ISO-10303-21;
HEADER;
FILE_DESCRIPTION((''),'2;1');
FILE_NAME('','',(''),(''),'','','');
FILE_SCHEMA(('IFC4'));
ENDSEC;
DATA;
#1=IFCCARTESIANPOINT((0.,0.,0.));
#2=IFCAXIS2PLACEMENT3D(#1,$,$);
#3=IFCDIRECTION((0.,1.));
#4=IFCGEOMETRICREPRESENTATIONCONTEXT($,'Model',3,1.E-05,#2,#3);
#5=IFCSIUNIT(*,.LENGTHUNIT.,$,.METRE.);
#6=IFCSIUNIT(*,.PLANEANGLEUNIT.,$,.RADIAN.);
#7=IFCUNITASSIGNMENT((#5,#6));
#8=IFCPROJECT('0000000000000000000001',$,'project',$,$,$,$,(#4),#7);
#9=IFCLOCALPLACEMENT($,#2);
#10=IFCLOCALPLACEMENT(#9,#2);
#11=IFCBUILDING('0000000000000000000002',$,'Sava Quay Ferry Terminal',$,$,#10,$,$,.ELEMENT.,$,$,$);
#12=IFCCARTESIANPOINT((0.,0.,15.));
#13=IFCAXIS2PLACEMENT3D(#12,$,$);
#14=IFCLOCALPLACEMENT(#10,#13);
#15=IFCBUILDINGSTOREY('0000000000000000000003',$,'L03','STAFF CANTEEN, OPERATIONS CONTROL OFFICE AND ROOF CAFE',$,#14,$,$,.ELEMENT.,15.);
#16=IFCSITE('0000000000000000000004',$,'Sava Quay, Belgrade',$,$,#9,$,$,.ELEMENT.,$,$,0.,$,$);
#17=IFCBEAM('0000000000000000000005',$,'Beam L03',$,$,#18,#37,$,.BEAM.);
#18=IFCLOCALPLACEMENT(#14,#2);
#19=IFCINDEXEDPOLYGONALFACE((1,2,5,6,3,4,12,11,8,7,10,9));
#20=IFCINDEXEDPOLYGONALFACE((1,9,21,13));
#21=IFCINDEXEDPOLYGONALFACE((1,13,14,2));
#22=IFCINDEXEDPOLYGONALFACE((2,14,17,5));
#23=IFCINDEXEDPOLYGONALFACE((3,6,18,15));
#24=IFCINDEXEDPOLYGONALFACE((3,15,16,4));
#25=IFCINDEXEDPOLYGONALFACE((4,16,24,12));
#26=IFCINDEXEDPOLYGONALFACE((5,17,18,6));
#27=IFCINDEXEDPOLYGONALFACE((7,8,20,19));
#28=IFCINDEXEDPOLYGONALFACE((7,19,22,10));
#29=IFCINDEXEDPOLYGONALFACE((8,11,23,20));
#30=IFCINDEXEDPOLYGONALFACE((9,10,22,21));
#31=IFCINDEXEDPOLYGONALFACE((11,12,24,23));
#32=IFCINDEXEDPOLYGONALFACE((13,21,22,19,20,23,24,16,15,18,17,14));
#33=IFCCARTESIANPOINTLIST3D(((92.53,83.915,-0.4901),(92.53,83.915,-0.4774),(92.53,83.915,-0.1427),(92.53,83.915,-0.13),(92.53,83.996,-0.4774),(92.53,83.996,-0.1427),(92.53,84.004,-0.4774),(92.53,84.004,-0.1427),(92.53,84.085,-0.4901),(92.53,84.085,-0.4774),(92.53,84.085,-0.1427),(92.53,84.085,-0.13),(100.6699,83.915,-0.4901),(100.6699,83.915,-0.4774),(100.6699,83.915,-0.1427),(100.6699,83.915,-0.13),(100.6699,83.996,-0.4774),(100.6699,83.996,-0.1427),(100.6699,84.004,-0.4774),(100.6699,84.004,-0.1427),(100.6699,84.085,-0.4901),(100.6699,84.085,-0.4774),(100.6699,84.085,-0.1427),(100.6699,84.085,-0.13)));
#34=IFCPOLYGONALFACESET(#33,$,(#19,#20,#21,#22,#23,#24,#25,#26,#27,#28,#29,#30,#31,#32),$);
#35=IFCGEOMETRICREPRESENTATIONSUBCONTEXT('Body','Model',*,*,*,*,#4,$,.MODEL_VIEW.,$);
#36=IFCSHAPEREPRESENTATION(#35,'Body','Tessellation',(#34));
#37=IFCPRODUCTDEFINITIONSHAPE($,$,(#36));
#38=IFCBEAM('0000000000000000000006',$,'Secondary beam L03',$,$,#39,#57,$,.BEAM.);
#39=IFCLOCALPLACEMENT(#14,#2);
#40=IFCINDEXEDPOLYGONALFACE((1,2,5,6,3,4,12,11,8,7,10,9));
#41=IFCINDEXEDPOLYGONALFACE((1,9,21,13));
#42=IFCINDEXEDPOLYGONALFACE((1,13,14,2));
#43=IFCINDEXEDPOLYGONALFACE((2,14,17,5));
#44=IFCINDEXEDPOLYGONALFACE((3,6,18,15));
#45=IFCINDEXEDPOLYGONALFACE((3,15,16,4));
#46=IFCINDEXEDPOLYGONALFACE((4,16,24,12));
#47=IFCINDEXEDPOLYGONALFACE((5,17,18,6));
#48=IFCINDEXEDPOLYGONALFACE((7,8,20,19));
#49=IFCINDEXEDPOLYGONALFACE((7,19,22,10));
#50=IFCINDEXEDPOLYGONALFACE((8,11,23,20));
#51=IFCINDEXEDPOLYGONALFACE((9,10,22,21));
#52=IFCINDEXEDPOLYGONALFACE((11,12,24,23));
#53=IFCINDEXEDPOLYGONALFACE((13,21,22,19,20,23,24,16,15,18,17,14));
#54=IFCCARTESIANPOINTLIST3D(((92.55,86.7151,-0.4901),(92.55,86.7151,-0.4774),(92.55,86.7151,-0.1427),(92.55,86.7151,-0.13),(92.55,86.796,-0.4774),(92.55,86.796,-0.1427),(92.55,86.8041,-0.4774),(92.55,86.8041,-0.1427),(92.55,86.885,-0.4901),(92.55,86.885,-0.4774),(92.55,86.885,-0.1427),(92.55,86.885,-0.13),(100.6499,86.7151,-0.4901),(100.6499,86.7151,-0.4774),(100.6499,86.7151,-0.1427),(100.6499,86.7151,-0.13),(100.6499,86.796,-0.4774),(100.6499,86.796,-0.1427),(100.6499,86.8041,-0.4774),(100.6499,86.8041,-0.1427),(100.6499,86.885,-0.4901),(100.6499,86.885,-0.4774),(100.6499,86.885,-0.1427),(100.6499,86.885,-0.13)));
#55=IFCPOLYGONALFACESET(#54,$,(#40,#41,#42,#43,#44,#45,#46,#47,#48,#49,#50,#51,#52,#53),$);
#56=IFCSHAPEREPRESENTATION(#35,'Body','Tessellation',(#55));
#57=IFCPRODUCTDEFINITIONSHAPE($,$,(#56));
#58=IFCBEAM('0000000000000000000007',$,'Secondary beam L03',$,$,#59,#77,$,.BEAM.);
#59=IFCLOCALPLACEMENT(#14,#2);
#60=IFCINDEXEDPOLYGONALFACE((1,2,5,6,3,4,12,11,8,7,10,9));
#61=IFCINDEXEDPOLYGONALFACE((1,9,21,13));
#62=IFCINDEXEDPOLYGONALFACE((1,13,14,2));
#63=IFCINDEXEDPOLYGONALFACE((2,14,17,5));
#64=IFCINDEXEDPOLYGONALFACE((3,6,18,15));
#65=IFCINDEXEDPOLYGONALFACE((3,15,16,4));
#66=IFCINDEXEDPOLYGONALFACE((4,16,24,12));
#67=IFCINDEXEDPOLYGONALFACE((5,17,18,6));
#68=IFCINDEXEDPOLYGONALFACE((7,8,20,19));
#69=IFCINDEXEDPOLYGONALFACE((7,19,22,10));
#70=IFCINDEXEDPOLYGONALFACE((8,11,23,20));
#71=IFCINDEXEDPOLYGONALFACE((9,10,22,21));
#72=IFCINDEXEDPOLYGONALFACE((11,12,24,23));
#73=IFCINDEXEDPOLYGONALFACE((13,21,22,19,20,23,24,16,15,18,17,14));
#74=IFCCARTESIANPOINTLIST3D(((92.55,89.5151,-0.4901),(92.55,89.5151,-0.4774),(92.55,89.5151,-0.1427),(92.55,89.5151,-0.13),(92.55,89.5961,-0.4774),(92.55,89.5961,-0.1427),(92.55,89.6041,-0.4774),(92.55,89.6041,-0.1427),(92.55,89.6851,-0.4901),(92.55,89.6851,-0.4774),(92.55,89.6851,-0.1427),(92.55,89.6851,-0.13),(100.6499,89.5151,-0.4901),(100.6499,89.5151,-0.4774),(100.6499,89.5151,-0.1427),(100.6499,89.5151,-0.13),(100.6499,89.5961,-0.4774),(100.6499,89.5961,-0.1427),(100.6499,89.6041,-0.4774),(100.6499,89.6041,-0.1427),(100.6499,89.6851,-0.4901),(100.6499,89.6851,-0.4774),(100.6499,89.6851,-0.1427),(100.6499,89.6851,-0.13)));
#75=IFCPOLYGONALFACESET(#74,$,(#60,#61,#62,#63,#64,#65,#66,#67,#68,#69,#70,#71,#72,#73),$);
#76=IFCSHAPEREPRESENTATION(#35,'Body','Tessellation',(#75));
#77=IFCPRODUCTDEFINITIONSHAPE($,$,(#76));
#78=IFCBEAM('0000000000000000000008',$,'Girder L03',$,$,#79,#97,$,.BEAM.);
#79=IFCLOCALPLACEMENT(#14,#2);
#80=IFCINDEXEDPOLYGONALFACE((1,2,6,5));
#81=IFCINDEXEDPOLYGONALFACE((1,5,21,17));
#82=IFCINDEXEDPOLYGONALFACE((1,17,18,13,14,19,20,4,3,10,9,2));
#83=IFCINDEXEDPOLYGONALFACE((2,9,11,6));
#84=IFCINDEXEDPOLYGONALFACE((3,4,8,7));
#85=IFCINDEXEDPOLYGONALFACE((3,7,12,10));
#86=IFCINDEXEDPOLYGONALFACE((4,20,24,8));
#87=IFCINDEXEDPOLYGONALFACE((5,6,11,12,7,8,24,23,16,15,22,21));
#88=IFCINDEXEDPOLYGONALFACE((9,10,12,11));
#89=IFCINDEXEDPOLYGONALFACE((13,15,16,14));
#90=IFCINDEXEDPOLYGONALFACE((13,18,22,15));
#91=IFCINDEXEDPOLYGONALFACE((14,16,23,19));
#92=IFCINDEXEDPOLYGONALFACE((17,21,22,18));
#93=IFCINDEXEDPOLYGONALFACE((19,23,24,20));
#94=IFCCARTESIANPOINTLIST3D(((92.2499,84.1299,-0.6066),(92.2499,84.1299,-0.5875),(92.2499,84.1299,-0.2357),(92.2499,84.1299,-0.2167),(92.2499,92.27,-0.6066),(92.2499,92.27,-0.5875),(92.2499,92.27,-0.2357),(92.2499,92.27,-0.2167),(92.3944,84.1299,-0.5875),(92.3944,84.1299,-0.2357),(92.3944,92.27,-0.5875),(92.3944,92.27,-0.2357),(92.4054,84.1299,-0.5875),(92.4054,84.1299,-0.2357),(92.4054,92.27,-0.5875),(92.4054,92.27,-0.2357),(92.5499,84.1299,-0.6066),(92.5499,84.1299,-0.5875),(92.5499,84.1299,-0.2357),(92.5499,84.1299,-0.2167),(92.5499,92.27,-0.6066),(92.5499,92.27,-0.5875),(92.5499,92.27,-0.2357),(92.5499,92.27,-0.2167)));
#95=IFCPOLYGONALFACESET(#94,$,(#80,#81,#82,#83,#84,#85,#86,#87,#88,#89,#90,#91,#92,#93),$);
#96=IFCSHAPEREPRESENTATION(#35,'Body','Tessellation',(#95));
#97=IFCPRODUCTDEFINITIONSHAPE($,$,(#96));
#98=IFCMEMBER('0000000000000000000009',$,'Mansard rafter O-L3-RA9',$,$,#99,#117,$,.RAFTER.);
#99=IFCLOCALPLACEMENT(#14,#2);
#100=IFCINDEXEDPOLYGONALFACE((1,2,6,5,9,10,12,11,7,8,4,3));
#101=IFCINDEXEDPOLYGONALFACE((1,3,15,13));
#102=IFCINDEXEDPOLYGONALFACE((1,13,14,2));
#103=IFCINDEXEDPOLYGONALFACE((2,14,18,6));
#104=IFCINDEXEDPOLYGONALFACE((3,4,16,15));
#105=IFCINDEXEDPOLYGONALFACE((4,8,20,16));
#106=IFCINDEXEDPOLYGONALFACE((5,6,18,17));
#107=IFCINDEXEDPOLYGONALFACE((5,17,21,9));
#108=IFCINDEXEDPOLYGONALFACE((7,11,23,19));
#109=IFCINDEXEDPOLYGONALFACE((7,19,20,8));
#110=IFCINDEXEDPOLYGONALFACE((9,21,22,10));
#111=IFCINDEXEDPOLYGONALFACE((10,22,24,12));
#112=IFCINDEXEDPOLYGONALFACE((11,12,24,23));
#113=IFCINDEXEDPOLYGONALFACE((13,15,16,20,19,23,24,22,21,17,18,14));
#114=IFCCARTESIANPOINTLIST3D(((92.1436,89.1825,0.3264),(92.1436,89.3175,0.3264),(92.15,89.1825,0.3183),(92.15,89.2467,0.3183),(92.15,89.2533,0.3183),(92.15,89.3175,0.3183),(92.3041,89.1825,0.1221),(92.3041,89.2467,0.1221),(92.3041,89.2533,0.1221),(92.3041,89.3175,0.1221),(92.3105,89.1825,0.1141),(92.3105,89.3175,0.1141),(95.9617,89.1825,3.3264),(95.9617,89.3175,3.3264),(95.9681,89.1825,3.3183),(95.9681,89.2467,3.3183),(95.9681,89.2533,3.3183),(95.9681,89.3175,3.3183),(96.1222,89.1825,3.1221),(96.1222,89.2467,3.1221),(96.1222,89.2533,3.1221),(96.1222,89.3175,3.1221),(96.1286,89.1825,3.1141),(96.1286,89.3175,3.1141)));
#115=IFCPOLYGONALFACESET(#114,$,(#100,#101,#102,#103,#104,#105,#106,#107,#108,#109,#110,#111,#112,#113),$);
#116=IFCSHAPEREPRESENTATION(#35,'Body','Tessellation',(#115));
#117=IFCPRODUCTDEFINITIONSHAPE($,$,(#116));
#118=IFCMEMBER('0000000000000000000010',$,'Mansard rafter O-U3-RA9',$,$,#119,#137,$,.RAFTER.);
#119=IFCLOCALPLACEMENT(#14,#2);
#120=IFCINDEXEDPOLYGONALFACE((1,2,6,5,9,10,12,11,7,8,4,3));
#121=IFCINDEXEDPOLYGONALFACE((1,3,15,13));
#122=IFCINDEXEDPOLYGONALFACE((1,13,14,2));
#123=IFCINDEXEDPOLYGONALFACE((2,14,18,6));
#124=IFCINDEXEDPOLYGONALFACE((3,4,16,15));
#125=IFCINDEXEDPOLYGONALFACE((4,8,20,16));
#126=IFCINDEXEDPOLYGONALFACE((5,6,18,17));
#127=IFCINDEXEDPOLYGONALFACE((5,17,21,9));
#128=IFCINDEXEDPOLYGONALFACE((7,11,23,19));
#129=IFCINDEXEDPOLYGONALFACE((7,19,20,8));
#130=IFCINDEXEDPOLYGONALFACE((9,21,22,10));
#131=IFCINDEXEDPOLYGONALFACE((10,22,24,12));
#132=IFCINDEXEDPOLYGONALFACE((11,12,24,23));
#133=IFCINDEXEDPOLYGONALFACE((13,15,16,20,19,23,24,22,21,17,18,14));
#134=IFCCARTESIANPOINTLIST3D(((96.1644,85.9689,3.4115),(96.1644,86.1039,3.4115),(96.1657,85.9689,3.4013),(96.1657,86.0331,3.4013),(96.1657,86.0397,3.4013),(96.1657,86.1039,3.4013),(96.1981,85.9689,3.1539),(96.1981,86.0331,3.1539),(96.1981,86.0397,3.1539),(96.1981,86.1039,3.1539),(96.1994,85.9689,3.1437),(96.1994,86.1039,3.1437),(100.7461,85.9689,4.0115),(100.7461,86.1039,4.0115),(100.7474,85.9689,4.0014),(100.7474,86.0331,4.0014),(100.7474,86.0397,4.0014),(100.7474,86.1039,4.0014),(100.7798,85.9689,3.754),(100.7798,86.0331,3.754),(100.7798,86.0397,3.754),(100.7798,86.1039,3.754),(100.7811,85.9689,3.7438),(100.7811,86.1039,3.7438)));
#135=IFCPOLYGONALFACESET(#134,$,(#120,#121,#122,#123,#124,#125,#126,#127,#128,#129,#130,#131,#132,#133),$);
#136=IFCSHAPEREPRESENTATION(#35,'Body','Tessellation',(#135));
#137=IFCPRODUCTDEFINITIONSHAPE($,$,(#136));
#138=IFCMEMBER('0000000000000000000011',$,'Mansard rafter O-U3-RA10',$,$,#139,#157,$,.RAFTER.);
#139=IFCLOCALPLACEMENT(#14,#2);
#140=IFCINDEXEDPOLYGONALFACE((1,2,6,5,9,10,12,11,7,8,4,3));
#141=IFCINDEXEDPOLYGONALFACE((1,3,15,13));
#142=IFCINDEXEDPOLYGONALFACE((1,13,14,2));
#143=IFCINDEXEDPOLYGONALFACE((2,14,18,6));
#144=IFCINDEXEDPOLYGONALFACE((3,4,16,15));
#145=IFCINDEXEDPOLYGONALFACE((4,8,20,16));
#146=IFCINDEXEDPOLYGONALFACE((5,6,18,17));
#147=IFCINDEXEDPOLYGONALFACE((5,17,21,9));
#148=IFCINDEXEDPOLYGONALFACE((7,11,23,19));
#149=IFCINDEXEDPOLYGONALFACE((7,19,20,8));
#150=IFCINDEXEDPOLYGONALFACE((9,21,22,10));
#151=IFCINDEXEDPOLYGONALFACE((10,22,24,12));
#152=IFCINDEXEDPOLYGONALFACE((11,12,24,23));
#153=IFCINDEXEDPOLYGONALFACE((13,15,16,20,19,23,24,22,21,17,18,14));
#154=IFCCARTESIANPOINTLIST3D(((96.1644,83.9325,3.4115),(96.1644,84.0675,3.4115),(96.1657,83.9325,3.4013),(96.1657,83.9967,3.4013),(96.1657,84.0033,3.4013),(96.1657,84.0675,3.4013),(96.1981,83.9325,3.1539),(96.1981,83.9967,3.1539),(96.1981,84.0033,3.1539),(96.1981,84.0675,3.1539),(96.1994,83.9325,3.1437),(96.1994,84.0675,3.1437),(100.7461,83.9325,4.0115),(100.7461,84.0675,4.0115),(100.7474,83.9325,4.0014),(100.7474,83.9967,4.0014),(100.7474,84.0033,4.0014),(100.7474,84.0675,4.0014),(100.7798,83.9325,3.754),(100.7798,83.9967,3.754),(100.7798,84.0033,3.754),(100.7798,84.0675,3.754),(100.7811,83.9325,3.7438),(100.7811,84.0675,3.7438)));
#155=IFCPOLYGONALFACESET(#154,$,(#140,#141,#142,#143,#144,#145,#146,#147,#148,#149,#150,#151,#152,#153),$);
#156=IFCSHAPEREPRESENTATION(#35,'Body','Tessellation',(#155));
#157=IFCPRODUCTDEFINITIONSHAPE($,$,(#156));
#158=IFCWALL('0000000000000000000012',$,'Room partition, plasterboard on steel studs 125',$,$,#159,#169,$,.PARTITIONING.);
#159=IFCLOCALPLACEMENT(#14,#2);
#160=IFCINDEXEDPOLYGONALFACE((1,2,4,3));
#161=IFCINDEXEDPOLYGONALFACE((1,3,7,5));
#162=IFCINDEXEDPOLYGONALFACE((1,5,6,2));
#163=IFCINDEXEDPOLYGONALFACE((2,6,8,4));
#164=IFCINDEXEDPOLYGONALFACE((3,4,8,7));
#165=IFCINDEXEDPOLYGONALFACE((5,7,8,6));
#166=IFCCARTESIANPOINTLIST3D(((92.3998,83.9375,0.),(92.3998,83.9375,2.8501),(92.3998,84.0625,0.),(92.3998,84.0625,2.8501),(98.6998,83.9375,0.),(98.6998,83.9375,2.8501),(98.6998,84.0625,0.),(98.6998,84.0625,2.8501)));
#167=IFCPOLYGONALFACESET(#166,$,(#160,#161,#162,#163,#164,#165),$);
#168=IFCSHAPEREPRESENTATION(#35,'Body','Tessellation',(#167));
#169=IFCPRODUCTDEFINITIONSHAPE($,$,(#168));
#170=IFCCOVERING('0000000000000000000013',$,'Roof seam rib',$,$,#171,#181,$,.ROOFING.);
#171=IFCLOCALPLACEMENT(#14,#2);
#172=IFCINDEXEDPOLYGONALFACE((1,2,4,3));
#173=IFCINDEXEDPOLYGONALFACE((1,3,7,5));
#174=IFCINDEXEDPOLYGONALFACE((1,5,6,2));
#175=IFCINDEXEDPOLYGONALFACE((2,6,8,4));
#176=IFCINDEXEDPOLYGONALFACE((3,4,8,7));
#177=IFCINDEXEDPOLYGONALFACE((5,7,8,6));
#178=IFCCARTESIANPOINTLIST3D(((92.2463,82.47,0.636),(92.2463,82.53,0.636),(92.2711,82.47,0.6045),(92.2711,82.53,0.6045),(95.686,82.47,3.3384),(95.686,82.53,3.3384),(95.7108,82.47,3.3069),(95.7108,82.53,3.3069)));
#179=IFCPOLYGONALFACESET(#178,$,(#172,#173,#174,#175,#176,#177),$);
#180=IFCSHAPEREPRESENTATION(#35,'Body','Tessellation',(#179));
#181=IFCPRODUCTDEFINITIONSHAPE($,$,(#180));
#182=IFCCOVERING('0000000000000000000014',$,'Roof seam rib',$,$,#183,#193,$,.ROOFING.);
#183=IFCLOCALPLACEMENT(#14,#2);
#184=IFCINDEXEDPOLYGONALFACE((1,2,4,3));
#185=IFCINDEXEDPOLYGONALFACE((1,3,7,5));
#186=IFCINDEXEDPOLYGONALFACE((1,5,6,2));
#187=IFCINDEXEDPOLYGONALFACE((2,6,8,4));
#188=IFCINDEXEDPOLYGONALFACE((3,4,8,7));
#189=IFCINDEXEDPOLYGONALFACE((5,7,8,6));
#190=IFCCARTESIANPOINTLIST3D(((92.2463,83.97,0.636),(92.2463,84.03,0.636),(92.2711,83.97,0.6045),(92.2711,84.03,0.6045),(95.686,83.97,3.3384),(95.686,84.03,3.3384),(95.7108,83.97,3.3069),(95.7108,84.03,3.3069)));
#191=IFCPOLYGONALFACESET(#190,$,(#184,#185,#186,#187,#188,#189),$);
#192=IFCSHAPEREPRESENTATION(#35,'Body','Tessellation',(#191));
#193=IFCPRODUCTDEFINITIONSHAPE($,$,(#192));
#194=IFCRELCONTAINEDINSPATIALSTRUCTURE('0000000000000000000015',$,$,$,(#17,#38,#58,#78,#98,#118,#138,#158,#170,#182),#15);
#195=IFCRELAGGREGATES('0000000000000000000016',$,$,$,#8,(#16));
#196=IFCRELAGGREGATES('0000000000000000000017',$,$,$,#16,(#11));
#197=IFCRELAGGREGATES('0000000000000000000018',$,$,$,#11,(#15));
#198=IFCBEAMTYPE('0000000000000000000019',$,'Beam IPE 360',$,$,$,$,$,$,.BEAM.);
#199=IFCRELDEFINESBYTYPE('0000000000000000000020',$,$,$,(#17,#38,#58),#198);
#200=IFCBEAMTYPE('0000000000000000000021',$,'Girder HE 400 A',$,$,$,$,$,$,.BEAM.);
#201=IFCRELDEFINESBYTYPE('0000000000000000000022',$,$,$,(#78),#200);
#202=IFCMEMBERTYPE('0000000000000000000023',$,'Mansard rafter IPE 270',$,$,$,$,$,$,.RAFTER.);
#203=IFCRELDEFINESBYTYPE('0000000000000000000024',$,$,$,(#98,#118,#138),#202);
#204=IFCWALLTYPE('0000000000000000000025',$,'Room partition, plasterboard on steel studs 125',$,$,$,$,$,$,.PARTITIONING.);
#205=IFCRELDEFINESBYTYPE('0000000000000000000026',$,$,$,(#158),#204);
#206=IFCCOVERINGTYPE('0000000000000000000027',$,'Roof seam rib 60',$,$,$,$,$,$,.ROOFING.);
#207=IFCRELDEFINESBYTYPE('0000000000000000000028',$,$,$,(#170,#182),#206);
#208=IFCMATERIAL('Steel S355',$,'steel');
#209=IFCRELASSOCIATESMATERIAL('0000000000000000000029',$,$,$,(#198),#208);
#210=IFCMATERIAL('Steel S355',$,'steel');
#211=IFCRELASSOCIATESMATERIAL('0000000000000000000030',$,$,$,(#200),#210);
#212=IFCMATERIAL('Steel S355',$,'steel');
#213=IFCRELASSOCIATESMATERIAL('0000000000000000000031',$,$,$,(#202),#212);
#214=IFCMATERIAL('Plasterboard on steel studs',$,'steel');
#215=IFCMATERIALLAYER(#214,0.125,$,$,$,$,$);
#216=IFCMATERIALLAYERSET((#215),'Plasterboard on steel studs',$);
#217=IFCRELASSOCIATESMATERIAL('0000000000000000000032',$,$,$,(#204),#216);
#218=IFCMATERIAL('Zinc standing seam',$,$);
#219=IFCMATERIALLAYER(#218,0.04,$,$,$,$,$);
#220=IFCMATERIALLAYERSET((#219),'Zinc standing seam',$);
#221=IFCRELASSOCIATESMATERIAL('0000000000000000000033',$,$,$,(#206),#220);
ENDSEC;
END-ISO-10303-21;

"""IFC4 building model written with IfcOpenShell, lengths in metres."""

from ifc_helpers import new_model, si_unit, direction, frame, frame_2d, origin, origin_2d, place, context, subcontext, project, spatial, polyline, rectangle, i_section, outline, extrude, material, layer, layer_set, material_profile, profile_set, type_object, element, save


model = new_model("IFC4")

# Units and contexts
model_context = context("Model", 3, precision=1e-05, world=origin(), true_north=direction((0.0, 1.0)))
body_context = subcontext(model_context, "Body", "Model", "MODEL_VIEW")
ifc_project = project(units=[si_unit("LENGTHUNIT", "METRE"), si_unit("PLANEANGLEUNIT", "RADIAN")], contexts=[model_context])

# Site, building, storey
site_placement = place(None, origin())
site = spatial("IfcSite", under=ifc_project, at=site_placement, Name="Sava Quay, Belgrade", CompositionType="ELEMENT", RefElevation=0.0)
building_placement = place(site_placement, origin())
building = spatial("IfcBuilding", under=site, at=building_placement, Name="Sava Quay Ferry Terminal", CompositionType="ELEMENT")
storey_placement = place(building_placement, frame((0.0, 0.0, 15.0)))
storey = spatial("IfcBuildingStorey", under=building, at=storey_placement, Name="L03", Description="STAFF CANTEEN, OPERATIONS CONTROL OFFICE AND ROOF CAFE", CompositionType="ELEMENT", Elevation=15.0)

# Beams
ifc_material_1 = material(Name="Steel S355", Category="steel")
ifc_material_profile_1 = material_profile(ifc_material_1, i_section(OverallWidth=0.1699, OverallDepth=0.3601, WebThickness=0.0081, FlangeThickness=0.0127, at=origin_2d()), Name="IPE 360")
ifc_profile_set_1 = profile_set([ifc_material_profile_1], Name="Steel S355")
beam_type_1 = type_object("IfcBeamType", Name="Beam IPE 360", PredefinedType="BEAM", material=ifc_profile_set_1)
beam_1_placement = place(storey_placement, frame((92.53, 84.0, -0.3101), z_axis=(1.0, 0.0, 0.0), x_axis=(0.0, 1.0, 0.0)))
element("IfcBeam", 1, at=beam_1_placement, inside=storey, type_object=beam_type_1, Name="Beam L03", PredefinedType="BEAM", context=body_context, shape_type="SweptSolid", body=[
    extrude(i_section(OverallWidth=0.1699, OverallDepth=0.3601, WebThickness=0.0081, FlangeThickness=0.0127, at=origin_2d()), origin(), (0.0, 0.0, 1.0), 8.1399),
])
for number, where, z_axis, x_axis, name in (
    (2, (92.55, 86.8, -0.3101), (1.0, 0.0, 0.0), (0.0, 1.0, 0.0), "Secondary beam L03"),
    (3, (92.55, 89.6001, -0.3101), (1.0, 0.0, 0.0), (0.0, 1.0, 0.0), "Secondary beam L03"),
):
    element("IfcBeam", number, at=place(storey_placement, frame(where, z_axis=z_axis, x_axis=x_axis)), inside=storey, type_object=beam_type_1, Name=name, PredefinedType="BEAM", context=body_context, shape_type="SweptSolid", body=[
        extrude(i_section(OverallWidth=0.1699, OverallDepth=0.3601, WebThickness=0.0081, FlangeThickness=0.0127, at=origin_2d()), origin(), (0.0, 0.0, 1.0), 8.0999),
    ])
ifc_material_2 = material(Name="Steel S355", Category="steel")
ifc_material_profile_2 = material_profile(ifc_material_2, i_section(OverallWidth=0.3, OverallDepth=0.3899, WebThickness=0.011, FlangeThickness=0.019, at=origin_2d()), Name="HE 400 A")
ifc_profile_set_2 = profile_set([ifc_material_profile_2], Name="Steel S355")
beam_type_2 = type_object("IfcBeamType", Name="Girder HE 400 A", PredefinedType="BEAM", material=ifc_profile_set_2)
beam_2_placement = place(storey_placement, frame((92.3999, 84.1299, -0.4116), z_axis=(0.0, 1.0, 0.0), x_axis=(-1.0, 0.0, 0.0)))
element("IfcBeam", 4, at=beam_2_placement, inside=storey, type_object=beam_type_2, Name="Girder L03", PredefinedType="BEAM", context=body_context, shape_type="SweptSolid", body=[
    extrude(i_section(OverallWidth=0.3, OverallDepth=0.3899, WebThickness=0.011, FlangeThickness=0.019, at=origin_2d()), origin(), (0.0, 0.0, 1.0), 8.1401),
])

# Members
ifc_material_3 = material(Name="Steel S355", Category="steel")
ifc_material_profile_3 = material_profile(ifc_material_3, i_section(OverallWidth=0.135, OverallDepth=0.27, WebThickness=0.0066, FlangeThickness=0.0103, at=origin_2d()), Name="IPE 270")
ifc_profile_set_3 = profile_set([ifc_material_profile_3], Name="Steel S355")
member_type = type_object("IfcMemberType", Name="Mansard rafter IPE 270", PredefinedType="RAFTER", material=ifc_profile_set_3)
member_placement = place(storey_placement, frame((92.2271, 89.25, 0.2202), z_axis=(0.786313, 0.0, 0.617828), x_axis=(0.0, 1.0, 0.0)))
element("IfcMember", 5, at=member_placement, inside=storey, type_object=member_type, Name="Mansard rafter O-L3-RA9", PredefinedType="RAFTER", context=body_context, shape_type="SweptSolid", body=[
    extrude(i_section(OverallWidth=0.135, OverallDepth=0.27, WebThickness=0.0066, FlangeThickness=0.0103, at=origin_2d()), origin(), (0.0, 0.0, 1.0), 4.8557),
])
for number, where, z_axis, x_axis, name in (
    (6, (96.1819, 86.0364, 3.2776), (0.991532, 0.0, 0.129865), (0.0, 1.0, 0.0), "Mansard rafter O-U3-RA9"),
    (7, (96.1819, 84.0, 3.2776), (0.991532, 0.0, 0.129865), (0.0, 1.0, 0.0), "Mansard rafter O-U3-RA10"),
):
    element("IfcMember", number, at=place(storey_placement, frame(where, z_axis=z_axis, x_axis=x_axis)), inside=storey, type_object=member_type, Name=name, PredefinedType="RAFTER", context=body_context, shape_type="SweptSolid", body=[
        extrude(i_section(OverallWidth=0.135, OverallDepth=0.27, WebThickness=0.0066, FlangeThickness=0.0103, at=origin_2d()), origin(), (0.0, 0.0, 1.0), 4.6208),
    ])

# Wall
ifc_material_4 = material(Name="Plasterboard on steel studs", Category="steel")
ifc_layer_1 = layer(ifc_material_4, 0.125)
ifc_layer_set_1 = layer_set([ifc_layer_1], Name="Plasterboard on steel studs")
wall_type = type_object("IfcWallType", Name="Room partition, plasterboard on steel studs 125", PredefinedType="PARTITIONING", material=ifc_layer_set_1)
wall_placement = place(storey_placement, frame((92.3999, 84.0, 0.0), z_axis=(0.0, 0.0, 1.0), x_axis=(1.0, 0.0, 0.0)))
element("IfcWall", 8, at=wall_placement, inside=storey, type_object=wall_type, Name="Room partition, plasterboard on steel studs 125", PredefinedType="PARTITIONING", context=body_context, shape_type="SweptSolid", body=[
    extrude(rectangle(XDim=6.3, YDim=0.125, at=frame_2d((3.1499, 0.0))), origin(), (0.0, 0.0, 1.0), 2.8501),
])

# Coverings
ifc_material_5 = material(Name="Zinc standing seam")
ifc_layer_2 = layer(ifc_material_5, 0.04)
ifc_layer_set_2 = layer_set([ifc_layer_2], Name="Zinc standing seam")
covering_type = type_object("IfcCoveringType", Name="Roof seam rib 60", PredefinedType="ROOFING", material=ifc_layer_set_2)
for number, where, z_axis, x_axis, name in (
    (9, (92.2463, 82.53, 0.636), (-0.61779, 0.0, 0.786344), (0.786344, 0.0, 0.61779), "Roof seam rib"),
    (10, (92.2463, 84.03, 0.636), (-0.61779, 0.0, 0.786344), (0.786344, 0.0, 0.61779), "Roof seam rib"),
):
    element("IfcCovering", number, at=place(storey_placement, frame(where, z_axis=z_axis, x_axis=x_axis)), inside=storey, type_object=covering_type, Name=name, PredefinedType="ROOFING", context=body_context, shape_type="SweptSolid", body=[
        extrude(outline(polyline([(0.0, 0.0), (4.3743, 0.0), (4.3743, -0.0601), (0.0, -0.0601), (0.0, 0.0)])), origin(), (0.0, 0.0, -1.0), 0.04),
    ])

save(model, "model.ifc")
